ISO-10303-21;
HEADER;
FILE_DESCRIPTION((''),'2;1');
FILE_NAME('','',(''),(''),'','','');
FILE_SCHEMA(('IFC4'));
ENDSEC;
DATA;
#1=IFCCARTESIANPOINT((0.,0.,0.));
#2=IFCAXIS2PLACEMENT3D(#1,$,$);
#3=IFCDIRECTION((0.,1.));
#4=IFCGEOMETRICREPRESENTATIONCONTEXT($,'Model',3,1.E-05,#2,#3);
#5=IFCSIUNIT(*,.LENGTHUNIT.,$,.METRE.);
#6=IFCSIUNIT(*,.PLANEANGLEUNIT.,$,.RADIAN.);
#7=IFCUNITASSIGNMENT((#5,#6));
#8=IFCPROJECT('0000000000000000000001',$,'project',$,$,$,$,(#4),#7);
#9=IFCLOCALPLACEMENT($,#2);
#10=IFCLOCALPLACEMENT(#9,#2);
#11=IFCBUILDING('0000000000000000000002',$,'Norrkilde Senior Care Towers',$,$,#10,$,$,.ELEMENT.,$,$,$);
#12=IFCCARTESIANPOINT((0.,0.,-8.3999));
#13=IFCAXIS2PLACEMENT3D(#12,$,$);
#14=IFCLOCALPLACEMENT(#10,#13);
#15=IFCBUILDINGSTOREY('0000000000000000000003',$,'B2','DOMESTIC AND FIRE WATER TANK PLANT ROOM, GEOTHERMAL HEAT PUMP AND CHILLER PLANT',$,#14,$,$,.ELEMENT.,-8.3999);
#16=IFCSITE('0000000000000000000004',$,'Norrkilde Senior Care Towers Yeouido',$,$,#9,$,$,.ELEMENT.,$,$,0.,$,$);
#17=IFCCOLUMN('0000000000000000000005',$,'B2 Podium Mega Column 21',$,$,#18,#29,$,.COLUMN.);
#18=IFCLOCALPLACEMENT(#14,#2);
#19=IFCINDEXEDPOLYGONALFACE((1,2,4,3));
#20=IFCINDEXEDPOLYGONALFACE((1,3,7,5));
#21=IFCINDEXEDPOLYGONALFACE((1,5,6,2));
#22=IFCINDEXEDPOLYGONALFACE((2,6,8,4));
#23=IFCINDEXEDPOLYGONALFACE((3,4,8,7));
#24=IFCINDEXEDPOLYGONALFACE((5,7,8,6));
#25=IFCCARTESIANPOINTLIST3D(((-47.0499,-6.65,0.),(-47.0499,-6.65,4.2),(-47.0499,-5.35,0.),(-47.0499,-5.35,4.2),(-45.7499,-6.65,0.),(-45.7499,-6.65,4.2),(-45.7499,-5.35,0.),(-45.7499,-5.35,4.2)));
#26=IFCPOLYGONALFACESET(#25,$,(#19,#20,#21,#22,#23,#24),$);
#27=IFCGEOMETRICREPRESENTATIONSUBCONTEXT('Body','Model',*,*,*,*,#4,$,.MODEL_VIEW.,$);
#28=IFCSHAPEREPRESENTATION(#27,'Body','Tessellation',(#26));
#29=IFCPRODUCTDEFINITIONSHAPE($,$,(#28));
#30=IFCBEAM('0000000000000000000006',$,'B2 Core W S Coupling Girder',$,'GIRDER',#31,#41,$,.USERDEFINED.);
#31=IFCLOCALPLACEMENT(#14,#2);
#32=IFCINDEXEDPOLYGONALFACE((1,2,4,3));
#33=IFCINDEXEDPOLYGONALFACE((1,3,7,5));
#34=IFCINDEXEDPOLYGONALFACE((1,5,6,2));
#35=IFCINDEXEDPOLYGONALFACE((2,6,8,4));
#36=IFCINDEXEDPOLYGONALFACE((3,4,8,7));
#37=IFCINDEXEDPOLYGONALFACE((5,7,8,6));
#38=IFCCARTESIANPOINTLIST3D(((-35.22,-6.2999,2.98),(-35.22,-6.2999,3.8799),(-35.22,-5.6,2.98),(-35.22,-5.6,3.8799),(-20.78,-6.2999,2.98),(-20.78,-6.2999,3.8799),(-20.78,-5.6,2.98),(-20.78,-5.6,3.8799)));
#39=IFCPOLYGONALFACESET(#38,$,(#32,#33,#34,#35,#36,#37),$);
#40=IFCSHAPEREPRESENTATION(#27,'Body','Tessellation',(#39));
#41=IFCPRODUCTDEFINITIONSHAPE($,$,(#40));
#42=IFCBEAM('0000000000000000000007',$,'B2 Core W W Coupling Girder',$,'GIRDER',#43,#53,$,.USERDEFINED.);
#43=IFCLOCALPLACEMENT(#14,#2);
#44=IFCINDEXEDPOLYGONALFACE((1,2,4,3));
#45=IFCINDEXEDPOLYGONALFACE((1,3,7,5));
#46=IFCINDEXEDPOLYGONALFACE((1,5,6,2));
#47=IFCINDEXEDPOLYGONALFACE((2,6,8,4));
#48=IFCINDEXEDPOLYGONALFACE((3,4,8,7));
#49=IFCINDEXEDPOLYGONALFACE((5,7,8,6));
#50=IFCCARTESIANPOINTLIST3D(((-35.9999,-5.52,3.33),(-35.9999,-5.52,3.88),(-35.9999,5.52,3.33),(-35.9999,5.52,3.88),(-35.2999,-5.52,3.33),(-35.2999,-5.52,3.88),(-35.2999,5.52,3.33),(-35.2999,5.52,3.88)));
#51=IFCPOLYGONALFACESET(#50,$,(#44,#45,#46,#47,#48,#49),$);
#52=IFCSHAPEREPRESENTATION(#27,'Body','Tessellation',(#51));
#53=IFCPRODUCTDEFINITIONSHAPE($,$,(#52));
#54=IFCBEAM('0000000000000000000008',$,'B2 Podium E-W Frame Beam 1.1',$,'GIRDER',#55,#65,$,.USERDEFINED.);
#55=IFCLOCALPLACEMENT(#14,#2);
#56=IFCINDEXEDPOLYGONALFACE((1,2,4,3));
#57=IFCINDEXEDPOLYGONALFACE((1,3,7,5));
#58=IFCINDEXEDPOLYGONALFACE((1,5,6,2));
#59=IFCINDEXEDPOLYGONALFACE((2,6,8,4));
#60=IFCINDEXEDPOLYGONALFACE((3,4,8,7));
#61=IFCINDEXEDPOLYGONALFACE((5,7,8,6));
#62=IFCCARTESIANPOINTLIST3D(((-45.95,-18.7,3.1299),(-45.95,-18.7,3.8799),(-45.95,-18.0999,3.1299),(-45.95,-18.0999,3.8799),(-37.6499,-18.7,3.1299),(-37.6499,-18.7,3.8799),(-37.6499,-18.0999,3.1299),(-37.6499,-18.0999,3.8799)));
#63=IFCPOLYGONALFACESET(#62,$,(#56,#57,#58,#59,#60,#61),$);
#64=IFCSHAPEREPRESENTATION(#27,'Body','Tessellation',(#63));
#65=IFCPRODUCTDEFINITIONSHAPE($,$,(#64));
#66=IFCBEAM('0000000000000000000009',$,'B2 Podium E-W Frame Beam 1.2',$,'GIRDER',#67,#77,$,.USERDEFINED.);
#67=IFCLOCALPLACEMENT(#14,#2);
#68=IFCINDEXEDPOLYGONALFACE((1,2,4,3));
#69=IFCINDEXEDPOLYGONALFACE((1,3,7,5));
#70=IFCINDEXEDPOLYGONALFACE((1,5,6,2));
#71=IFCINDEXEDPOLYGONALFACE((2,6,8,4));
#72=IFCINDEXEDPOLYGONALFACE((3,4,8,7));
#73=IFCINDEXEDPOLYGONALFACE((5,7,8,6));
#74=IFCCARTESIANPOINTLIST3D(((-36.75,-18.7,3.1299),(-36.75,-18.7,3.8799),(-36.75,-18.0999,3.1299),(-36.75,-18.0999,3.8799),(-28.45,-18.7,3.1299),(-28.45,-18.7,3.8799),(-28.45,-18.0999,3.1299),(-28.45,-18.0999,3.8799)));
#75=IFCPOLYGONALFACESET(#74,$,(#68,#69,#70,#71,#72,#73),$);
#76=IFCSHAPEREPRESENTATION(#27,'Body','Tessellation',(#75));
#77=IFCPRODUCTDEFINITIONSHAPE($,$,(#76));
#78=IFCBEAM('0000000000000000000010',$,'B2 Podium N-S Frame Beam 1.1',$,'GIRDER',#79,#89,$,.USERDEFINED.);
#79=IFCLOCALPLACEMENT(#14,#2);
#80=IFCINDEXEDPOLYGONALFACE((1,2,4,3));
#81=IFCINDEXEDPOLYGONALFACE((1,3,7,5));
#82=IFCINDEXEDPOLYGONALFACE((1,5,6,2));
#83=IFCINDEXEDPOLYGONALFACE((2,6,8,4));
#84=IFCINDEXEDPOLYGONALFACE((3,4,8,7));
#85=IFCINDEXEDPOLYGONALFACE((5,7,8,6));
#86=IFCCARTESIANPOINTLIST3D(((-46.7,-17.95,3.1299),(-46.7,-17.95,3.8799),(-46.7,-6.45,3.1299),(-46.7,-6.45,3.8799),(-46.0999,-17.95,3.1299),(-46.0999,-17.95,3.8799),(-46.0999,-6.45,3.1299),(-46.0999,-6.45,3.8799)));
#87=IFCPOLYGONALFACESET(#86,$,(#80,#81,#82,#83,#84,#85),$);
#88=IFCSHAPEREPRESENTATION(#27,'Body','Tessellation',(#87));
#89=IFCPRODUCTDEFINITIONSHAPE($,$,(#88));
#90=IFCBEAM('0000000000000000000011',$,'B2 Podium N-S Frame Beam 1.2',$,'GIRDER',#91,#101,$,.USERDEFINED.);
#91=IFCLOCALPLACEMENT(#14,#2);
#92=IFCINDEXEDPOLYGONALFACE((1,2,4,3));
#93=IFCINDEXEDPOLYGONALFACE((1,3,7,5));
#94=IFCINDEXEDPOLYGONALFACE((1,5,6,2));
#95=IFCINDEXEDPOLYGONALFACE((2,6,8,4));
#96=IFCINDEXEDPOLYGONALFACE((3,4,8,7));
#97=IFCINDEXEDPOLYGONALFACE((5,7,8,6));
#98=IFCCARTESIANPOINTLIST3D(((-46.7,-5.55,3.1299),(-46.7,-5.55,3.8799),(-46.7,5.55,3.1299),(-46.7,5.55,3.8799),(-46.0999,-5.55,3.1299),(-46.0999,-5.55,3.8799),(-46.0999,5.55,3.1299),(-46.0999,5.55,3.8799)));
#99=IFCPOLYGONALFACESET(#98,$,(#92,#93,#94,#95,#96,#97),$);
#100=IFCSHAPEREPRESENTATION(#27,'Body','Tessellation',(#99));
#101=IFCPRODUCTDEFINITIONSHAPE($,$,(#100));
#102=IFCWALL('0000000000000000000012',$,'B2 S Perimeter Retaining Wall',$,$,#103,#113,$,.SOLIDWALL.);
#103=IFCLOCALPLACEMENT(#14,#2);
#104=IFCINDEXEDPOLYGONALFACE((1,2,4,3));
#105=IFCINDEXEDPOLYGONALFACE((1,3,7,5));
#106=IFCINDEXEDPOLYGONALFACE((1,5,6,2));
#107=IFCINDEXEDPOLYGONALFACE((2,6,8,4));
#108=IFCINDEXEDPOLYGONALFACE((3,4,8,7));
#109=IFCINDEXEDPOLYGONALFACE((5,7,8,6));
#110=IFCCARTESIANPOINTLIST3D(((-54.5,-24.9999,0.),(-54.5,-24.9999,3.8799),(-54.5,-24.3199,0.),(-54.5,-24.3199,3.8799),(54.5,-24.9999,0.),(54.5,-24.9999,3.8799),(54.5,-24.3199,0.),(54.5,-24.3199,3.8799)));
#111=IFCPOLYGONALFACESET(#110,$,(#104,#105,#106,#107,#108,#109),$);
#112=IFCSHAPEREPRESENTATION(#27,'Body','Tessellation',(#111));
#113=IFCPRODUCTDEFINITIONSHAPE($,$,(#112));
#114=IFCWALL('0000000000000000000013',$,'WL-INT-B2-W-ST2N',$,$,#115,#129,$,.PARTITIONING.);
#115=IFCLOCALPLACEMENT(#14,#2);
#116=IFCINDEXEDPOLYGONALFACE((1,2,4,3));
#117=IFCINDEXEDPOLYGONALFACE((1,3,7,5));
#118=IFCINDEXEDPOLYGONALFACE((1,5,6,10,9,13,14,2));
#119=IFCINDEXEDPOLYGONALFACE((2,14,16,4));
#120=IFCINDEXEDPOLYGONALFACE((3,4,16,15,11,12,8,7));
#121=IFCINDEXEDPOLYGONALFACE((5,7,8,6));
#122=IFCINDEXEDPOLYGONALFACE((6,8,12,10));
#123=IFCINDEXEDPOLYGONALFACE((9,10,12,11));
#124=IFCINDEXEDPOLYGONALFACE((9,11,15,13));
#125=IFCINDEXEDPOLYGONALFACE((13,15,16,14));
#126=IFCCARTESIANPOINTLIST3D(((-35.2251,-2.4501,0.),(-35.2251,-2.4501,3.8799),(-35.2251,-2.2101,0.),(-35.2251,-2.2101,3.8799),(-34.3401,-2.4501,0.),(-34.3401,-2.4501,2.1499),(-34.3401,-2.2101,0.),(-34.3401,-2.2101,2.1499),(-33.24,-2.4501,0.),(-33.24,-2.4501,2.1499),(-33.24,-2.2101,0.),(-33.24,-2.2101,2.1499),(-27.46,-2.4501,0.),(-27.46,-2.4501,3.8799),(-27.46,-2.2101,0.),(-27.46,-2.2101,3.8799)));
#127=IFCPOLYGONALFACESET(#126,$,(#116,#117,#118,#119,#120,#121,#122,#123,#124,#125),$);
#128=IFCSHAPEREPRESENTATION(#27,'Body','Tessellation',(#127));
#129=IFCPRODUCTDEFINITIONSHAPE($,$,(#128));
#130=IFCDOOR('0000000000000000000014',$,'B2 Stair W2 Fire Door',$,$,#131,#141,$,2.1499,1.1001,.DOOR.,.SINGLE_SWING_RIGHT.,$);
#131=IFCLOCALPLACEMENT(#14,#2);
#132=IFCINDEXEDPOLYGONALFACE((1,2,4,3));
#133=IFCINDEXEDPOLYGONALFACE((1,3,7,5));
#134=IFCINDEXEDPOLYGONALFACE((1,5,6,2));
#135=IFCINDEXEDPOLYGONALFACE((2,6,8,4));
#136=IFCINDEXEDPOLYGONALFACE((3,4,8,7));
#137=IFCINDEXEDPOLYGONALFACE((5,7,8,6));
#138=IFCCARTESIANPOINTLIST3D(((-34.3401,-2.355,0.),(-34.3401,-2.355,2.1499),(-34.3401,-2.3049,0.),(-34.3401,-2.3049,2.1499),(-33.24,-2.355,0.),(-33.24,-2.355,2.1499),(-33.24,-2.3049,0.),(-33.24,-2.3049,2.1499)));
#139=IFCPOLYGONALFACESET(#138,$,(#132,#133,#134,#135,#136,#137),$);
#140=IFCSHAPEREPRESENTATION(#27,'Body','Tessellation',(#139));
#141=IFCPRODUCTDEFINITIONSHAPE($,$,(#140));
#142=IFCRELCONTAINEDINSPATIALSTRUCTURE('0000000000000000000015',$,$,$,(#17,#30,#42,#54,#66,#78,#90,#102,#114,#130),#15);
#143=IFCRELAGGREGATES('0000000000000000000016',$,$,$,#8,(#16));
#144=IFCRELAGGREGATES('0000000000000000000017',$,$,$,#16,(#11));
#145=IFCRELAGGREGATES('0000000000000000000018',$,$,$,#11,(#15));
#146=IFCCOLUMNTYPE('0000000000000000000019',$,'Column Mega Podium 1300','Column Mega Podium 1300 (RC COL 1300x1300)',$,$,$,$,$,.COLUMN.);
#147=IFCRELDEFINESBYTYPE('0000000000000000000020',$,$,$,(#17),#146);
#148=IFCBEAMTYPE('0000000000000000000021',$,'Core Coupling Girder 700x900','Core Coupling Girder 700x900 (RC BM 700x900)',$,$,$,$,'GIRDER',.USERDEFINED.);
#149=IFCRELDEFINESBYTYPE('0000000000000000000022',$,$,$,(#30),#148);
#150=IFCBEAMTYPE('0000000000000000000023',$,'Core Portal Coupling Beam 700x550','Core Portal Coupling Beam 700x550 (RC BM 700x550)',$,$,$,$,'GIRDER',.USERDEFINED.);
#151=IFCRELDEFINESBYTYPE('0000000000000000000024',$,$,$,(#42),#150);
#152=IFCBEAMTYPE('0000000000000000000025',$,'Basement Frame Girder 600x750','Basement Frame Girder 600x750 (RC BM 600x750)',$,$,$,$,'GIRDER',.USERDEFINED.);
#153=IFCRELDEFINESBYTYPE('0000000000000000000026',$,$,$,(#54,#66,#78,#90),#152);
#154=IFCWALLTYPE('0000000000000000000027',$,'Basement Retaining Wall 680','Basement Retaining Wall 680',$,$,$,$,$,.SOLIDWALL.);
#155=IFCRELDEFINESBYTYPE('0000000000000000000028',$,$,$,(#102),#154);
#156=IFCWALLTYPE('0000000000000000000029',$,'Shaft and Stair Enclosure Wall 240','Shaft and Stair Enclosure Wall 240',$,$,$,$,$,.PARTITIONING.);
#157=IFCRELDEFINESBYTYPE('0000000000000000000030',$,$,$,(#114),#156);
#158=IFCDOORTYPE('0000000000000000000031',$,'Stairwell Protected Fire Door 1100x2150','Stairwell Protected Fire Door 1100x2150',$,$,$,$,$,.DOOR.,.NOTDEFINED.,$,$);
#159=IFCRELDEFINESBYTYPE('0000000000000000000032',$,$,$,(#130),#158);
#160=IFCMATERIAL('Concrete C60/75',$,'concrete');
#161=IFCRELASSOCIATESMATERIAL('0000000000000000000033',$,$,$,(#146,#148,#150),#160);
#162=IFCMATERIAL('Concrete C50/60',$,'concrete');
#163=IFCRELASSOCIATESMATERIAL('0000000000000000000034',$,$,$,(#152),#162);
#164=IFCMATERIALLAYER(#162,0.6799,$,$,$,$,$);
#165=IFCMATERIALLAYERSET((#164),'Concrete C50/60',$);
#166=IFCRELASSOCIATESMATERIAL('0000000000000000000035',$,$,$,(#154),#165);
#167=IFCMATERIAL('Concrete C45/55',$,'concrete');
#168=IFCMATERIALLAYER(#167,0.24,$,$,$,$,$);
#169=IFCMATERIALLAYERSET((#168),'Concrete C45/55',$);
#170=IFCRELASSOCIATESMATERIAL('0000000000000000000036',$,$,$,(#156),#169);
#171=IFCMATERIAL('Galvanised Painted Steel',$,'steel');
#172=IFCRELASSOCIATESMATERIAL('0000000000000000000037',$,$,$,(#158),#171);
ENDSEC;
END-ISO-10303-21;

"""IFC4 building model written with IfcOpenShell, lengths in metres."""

from ifc_helpers import new_model, si_unit, direction, frame, frame_2d, origin, origin_2d, place, context, subcontext, project, spatial, rectangle, extrude, source, transform, mapped, material, layer, layer_set, material_profile, profile_set, type_object, type_shapes, element, fill, save


model = new_model("IFC4")

# Units and contexts
model_context = context("Model", 3, precision=1e-05, world=origin(), true_north=direction((0.0, 1.0)))
body_context = subcontext(model_context, "Body", "Model", "MODEL_VIEW")
ifc_project = project(units=[si_unit("LENGTHUNIT", "METRE"), si_unit("PLANEANGLEUNIT", "RADIAN")], contexts=[model_context])

# Site, building, storey
site_placement = place(None, origin())
site = spatial("IfcSite", under=ifc_project, at=site_placement, Name="Norrkilde Senior Care Towers Yeouido", CompositionType="ELEMENT", RefElevation=0.0)
building_placement = place(site_placement, origin())
building = spatial("IfcBuilding", under=site, at=building_placement, Name="Norrkilde Senior Care Towers", CompositionType="ELEMENT")
storey_placement = place(building_placement, frame((0.0, 0.0, -8.3999)))
storey = spatial("IfcBuildingStorey", under=building, at=storey_placement, Name="B2", Description="DOMESTIC AND FIRE WATER TANK PLANT ROOM, GEOTHERMAL HEAT PUMP AND CHILLER PLANT", CompositionType="ELEMENT", Elevation=-8.3999)

# Shared definitions
ifc_material_1 = material(Name="Concrete C45/55", Category="concrete")

# Column
ifc_material_2 = material(Name="Concrete C60/75", Category="concrete")
ifc_material_profile_1 = material_profile(ifc_material_2, rectangle(XDim=1.3, YDim=1.3, at=origin_2d()), Name="RC COL 1300x1300")
ifc_profile_set_1 = profile_set([ifc_material_profile_1], Name="Concrete C60/75")
column_type_1 = type_object("IfcColumnType", Name="Column Mega Podium 1300", Description="Column Mega Podium 1300 (RC COL 1300x1300)", PredefinedType="COLUMN", material=ifc_profile_set_1)
shared_shape_1 = source(origin(), body_context, "Body", "SweptSolid", [
    extrude(rectangle(XDim=1.3, YDim=1.3, at=origin_2d()), origin(), (0.0, 0.0, 1.0), 4.2),
])
type_shapes(column_type_1, [shared_shape_1])
for number, where, z_axis, x_axis, name in (
    (1, (-46.3999, -6.0, 0.0), (0.0, 0.0, 1.0), (1.0, 0.0, 0.0), "B2 Podium Mega Column 21"),
):
    element("IfcColumn", number, at=place(storey_placement, frame(where, z_axis=z_axis, x_axis=x_axis)), inside=storey, type_object=column_type_1, Name=name, PredefinedType="COLUMN", context=body_context, shape_type="MappedRepresentation", body=[
        mapped(shared_shape_1, transform((0.0, 0.0, 0.0), x_axis=(1.0, 0.0, 0.0), y_axis=(0.0, 1.0, 0.0), z_axis=(0.0, 0.0, 1.0), scale=1.0)),
    ])

# Beams
ifc_material_profile_2 = material_profile(ifc_material_2, rectangle(XDim=0.7, YDim=0.8999, at=origin_2d()), Name="RC BM 700x900")
ifc_profile_set_2 = profile_set([ifc_material_profile_2], Name="Concrete C60/75")
beam_type_1 = type_object("IfcBeamType", Name="Core Coupling Girder 700x900", Description="Core Coupling Girder 700x900 (RC BM 700x900)", ElementType="GIRDER", PredefinedType="USERDEFINED", material=ifc_profile_set_2)
shared_shape_2 = source(origin(), body_context, "Body", "SweptSolid", [
    extrude(rectangle(XDim=0.7, YDim=0.8999, at=origin_2d()), origin(), (0.0, 0.0, 1.0), 14.4399),
])
type_shapes(beam_type_1, [shared_shape_2])
beam_1_placement = place(storey_placement, frame((-35.22, -5.95, 3.4299), z_axis=(1.0, 0.0, 0.0), x_axis=(0.0, 1.0, 0.0)))
element("IfcBeam", 2, at=beam_1_placement, inside=storey, type_object=beam_type_1, Name="B2 Core W S Coupling Girder", ObjectType="GIRDER", PredefinedType="USERDEFINED", context=body_context, shape_type="MappedRepresentation", body=[
    mapped(shared_shape_2, transform((0.0, 0.0, 0.0), x_axis=(1.0, 0.0, 0.0), y_axis=(0.0, 1.0, 0.0), z_axis=(0.0, 0.0, 1.0), scale=1.0)),
])
ifc_material_profile_3 = material_profile(ifc_material_2, rectangle(XDim=0.7, YDim=0.55, at=origin_2d()), Name="RC BM 700x550")
ifc_profile_set_3 = profile_set([ifc_material_profile_3], Name="Concrete C60/75")
beam_type_2 = type_object("IfcBeamType", Name="Core Portal Coupling Beam 700x550", Description="Core Portal Coupling Beam 700x550 (RC BM 700x550)", ElementType="GIRDER", PredefinedType="USERDEFINED", material=ifc_profile_set_3)
shared_shape_3 = source(origin(), body_context, "Body", "SweptSolid", [
    extrude(rectangle(XDim=0.7, YDim=0.55, at=origin_2d()), origin(), (0.0, 0.0, 1.0), 11.04),
])
type_shapes(beam_type_2, [shared_shape_3])
beam_2_placement = place(storey_placement, frame((-35.6499, -5.52, 3.605), z_axis=(0.0, 1.0, 0.0), x_axis=(-1.0, 0.0, 0.0)))
element("IfcBeam", 3, at=beam_2_placement, inside=storey, type_object=beam_type_2, Name="B2 Core W W Coupling Girder", ObjectType="GIRDER", PredefinedType="USERDEFINED", context=body_context, shape_type="MappedRepresentation", body=[
    mapped(shared_shape_3, transform((0.0, 0.0, 0.0), x_axis=(1.0, 0.0, 0.0), y_axis=(0.0, 1.0, 0.0), z_axis=(0.0, 0.0, 1.0), scale=1.0)),
])
ifc_material_3 = material(Name="Concrete C50/60", Category="concrete")
ifc_material_profile_4 = material_profile(ifc_material_3, rectangle(XDim=0.6001, YDim=0.75, at=origin_2d()), Name="RC BM 600x750")
ifc_profile_set_4 = profile_set([ifc_material_profile_4], Name="Concrete C50/60")
beam_type_3 = type_object("IfcBeamType", Name="Basement Frame Girder 600x750", Description="Basement Frame Girder 600x750 (RC BM 600x750)", ElementType="GIRDER", PredefinedType="USERDEFINED", material=ifc_profile_set_4)
shared_shape_4 = source(origin(), body_context, "Body", "SweptSolid", [
    extrude(rectangle(XDim=0.6001, YDim=0.75, at=origin_2d()), origin(), (0.0, 0.0, 1.0), 8.3),
])
for number, where, z_axis, x_axis, name in (
    (4, (-45.95, -18.3999, 3.5049), (1.0, 0.0, 0.0), (0.0, 1.0, 0.0), "B2 Podium E-W Frame Beam 1.1"),
    (5, (-36.75, -18.3999, 3.5049), (1.0, 0.0, 0.0), (0.0, 1.0, 0.0), "B2 Podium E-W Frame Beam 1.2"),
):
    element("IfcBeam", number, at=place(storey_placement, frame(where, z_axis=z_axis, x_axis=x_axis)), inside=storey, type_object=beam_type_3, Name=name, ObjectType="GIRDER", PredefinedType="USERDEFINED", context=body_context, shape_type="MappedRepresentation", body=[
        mapped(shared_shape_4, transform((0.0, 0.0, 0.0), x_axis=(1.0, 0.0, 0.0), y_axis=(0.0, 1.0, 0.0), z_axis=(0.0, 0.0, 1.0), scale=1.0)),
    ])
shared_shape_5 = source(origin(), body_context, "Body", "SweptSolid", [
    extrude(rectangle(XDim=0.6001, YDim=0.75, at=origin_2d()), origin(), (0.0, 0.0, 1.0), 11.5),
])
beam_3_placement = place(storey_placement, frame((-46.3999, -17.95, 3.5049), z_axis=(0.0, 1.0, 0.0), x_axis=(-1.0, 0.0, 0.0)))
element("IfcBeam", 6, at=beam_3_placement, inside=storey, type_object=beam_type_3, Name="B2 Podium N-S Frame Beam 1.1", ObjectType="GIRDER", PredefinedType="USERDEFINED", context=body_context, shape_type="MappedRepresentation", body=[
    mapped(shared_shape_5, transform((0.0, 0.0, 0.0), x_axis=(1.0, 0.0, 0.0), y_axis=(0.0, 1.0, 0.0), z_axis=(0.0, 0.0, 1.0), scale=1.0)),
])
shared_shape_6 = source(origin(), body_context, "Body", "SweptSolid", [
    extrude(rectangle(XDim=0.6001, YDim=0.75, at=origin_2d()), origin(), (0.0, 0.0, 1.0), 11.1001),
])
type_shapes(beam_type_3, [shared_shape_4, shared_shape_5, shared_shape_6])
beam_4_placement = place(storey_placement, frame((-46.3999, -5.55, 3.5049), z_axis=(0.0, 1.0, 0.0), x_axis=(-1.0, 0.0, 0.0)))
element("IfcBeam", 7, at=beam_4_placement, inside=storey, type_object=beam_type_3, Name="B2 Podium N-S Frame Beam 1.2", ObjectType="GIRDER", PredefinedType="USERDEFINED", context=body_context, shape_type="MappedRepresentation", body=[
    mapped(shared_shape_6, transform((0.0, 0.0, 0.0), x_axis=(1.0, 0.0, 0.0), y_axis=(0.0, 1.0, 0.0), z_axis=(0.0, 0.0, 1.0), scale=1.0)),
])

# Shared definitions
ifc_material_4 = material(Name="Galvanised Painted Steel", Category="steel")

# Wall
ifc_layer_1 = layer(ifc_material_3, 0.6799)
ifc_layer_set_1 = layer_set([ifc_layer_1], Name="Concrete C50/60")
wall_type_1 = type_object("IfcWallType", Name="Basement Retaining Wall 680", Description="Basement Retaining Wall 680", PredefinedType="SOLIDWALL", material=ifc_layer_set_1)
shared_shape_7 = source(origin(), body_context, "Body", "SweptSolid", [
    extrude(rectangle(XDim=109.0, YDim=0.6799, at=frame_2d((54.5, 0.0))), origin(), (0.0, 0.0, 1.0), 3.8799),
])
type_shapes(wall_type_1, [shared_shape_7])
wall_1_placement = place(storey_placement, frame((-54.5, -24.6599, 0.0), z_axis=(0.0, 0.0, 1.0), x_axis=(1.0, 0.0, 0.0)))
element("IfcWall", 8, at=wall_1_placement, inside=storey, type_object=wall_type_1, Name="B2 S Perimeter Retaining Wall", PredefinedType="SOLIDWALL", context=body_context, shape_type="MappedRepresentation", body=[
    mapped(shared_shape_7, transform((0.0, 0.0, 0.0), x_axis=(1.0, 0.0, 0.0), y_axis=(0.0, 1.0, 0.0), z_axis=(0.0, 0.0, 1.0), scale=1.0)),
])

# Wall, opening, door
ifc_layer_2 = layer(ifc_material_1, 0.24)
ifc_layer_set_2 = layer_set([ifc_layer_2], Name="Concrete C45/55")
wall_type_2 = type_object("IfcWallType", Name="Shaft and Stair Enclosure Wall 240", Description="Shaft and Stair Enclosure Wall 240", PredefinedType="PARTITIONING", material=ifc_layer_set_2)
shared_shape_8 = source(origin(), body_context, "Body", "SweptSolid", [
    extrude(rectangle(XDim=7.7651, YDim=0.24, at=frame_2d((3.8826, 0.0))), origin(), (0.0, 0.0, 1.0), 3.8799),
])
type_shapes(wall_type_2, [shared_shape_8])
wall_2_placement = place(storey_placement, frame((-35.2251, -2.3301, 0.0), z_axis=(0.0, 0.0, 1.0), x_axis=(1.0, 0.0, 0.0)))
wall_2 = element("IfcWall", 9, at=wall_2_placement, inside=storey, type_object=wall_type_2, Name="WL-INT-B2-W-ST2N", PredefinedType="PARTITIONING", context=body_context, shape_type="MappedRepresentation", body=[
    mapped(shared_shape_8, transform((0.0, 0.0, 0.0), x_axis=(1.0, 0.0, 0.0), y_axis=(0.0, 1.0, 0.0), z_axis=(0.0, 0.0, 1.0), scale=1.0)),
])
opening_1_placement = place(wall_2_placement, frame((0.885, 0.0, 0.0)))
opening_1 = element("IfcOpeningElement", 10, at=opening_1_placement, cuts=wall_2, PredefinedType="OPENING", context=body_context, shape_type="SweptSolid", body=[
    extrude(rectangle(XDim=1.1001, YDim=2.1499, at=frame_2d((0.55, 1.075))), frame((0.0, 0.1299, 0.0), z_axis=(0.0, -1.0, 0.0), x_axis=(1.0, 0.0, 0.0)), (0.0, 0.0, 1.0), 0.26),
])
door_type_1 = type_object("IfcDoorType", Name="Stairwell Protected Fire Door 1100x2150", Description="Stairwell Protected Fire Door 1100x2150", OperationType="NOTDEFINED", PredefinedType="DOOR", material=ifc_material_4)
shared_shape_9 = source(origin(), body_context, "Body", "SweptSolid", [
    extrude(rectangle(XDim=1.1001, YDim=2.1499, at=frame_2d((0.55, 1.075))), frame((0.0, 0.0249, 0.0), z_axis=(0.0, -1.0, 0.0), x_axis=(1.0, 0.0, 0.0)), (0.0, 0.0, 1.0), 0.05),
])
type_shapes(door_type_1, [shared_shape_9])
door_1_placement = place(opening_1_placement, frame((1.1001, 0.0, 0.0), z_axis=(0.0, 0.0, 1.0), x_axis=(-1.0, 0.0, 0.0)))
door_1 = element("IfcDoor", 11, at=door_1_placement, inside=storey, type_object=door_type_1, Name="B2 Stair W2 Fire Door", OperationType="SINGLE_SWING_RIGHT", OverallHeight=2.1499, OverallWidth=1.1001, PredefinedType="DOOR", context=body_context, shape_type="MappedRepresentation", body=[
    mapped(shared_shape_9, transform((0.0, 0.0, 0.0), x_axis=(1.0, 0.0, 0.0), y_axis=(0.0, 1.0, 0.0), z_axis=(0.0, 0.0, 1.0), scale=1.0)),
])
fill(opening_1, door_1)

save(model, "model.ifc")
